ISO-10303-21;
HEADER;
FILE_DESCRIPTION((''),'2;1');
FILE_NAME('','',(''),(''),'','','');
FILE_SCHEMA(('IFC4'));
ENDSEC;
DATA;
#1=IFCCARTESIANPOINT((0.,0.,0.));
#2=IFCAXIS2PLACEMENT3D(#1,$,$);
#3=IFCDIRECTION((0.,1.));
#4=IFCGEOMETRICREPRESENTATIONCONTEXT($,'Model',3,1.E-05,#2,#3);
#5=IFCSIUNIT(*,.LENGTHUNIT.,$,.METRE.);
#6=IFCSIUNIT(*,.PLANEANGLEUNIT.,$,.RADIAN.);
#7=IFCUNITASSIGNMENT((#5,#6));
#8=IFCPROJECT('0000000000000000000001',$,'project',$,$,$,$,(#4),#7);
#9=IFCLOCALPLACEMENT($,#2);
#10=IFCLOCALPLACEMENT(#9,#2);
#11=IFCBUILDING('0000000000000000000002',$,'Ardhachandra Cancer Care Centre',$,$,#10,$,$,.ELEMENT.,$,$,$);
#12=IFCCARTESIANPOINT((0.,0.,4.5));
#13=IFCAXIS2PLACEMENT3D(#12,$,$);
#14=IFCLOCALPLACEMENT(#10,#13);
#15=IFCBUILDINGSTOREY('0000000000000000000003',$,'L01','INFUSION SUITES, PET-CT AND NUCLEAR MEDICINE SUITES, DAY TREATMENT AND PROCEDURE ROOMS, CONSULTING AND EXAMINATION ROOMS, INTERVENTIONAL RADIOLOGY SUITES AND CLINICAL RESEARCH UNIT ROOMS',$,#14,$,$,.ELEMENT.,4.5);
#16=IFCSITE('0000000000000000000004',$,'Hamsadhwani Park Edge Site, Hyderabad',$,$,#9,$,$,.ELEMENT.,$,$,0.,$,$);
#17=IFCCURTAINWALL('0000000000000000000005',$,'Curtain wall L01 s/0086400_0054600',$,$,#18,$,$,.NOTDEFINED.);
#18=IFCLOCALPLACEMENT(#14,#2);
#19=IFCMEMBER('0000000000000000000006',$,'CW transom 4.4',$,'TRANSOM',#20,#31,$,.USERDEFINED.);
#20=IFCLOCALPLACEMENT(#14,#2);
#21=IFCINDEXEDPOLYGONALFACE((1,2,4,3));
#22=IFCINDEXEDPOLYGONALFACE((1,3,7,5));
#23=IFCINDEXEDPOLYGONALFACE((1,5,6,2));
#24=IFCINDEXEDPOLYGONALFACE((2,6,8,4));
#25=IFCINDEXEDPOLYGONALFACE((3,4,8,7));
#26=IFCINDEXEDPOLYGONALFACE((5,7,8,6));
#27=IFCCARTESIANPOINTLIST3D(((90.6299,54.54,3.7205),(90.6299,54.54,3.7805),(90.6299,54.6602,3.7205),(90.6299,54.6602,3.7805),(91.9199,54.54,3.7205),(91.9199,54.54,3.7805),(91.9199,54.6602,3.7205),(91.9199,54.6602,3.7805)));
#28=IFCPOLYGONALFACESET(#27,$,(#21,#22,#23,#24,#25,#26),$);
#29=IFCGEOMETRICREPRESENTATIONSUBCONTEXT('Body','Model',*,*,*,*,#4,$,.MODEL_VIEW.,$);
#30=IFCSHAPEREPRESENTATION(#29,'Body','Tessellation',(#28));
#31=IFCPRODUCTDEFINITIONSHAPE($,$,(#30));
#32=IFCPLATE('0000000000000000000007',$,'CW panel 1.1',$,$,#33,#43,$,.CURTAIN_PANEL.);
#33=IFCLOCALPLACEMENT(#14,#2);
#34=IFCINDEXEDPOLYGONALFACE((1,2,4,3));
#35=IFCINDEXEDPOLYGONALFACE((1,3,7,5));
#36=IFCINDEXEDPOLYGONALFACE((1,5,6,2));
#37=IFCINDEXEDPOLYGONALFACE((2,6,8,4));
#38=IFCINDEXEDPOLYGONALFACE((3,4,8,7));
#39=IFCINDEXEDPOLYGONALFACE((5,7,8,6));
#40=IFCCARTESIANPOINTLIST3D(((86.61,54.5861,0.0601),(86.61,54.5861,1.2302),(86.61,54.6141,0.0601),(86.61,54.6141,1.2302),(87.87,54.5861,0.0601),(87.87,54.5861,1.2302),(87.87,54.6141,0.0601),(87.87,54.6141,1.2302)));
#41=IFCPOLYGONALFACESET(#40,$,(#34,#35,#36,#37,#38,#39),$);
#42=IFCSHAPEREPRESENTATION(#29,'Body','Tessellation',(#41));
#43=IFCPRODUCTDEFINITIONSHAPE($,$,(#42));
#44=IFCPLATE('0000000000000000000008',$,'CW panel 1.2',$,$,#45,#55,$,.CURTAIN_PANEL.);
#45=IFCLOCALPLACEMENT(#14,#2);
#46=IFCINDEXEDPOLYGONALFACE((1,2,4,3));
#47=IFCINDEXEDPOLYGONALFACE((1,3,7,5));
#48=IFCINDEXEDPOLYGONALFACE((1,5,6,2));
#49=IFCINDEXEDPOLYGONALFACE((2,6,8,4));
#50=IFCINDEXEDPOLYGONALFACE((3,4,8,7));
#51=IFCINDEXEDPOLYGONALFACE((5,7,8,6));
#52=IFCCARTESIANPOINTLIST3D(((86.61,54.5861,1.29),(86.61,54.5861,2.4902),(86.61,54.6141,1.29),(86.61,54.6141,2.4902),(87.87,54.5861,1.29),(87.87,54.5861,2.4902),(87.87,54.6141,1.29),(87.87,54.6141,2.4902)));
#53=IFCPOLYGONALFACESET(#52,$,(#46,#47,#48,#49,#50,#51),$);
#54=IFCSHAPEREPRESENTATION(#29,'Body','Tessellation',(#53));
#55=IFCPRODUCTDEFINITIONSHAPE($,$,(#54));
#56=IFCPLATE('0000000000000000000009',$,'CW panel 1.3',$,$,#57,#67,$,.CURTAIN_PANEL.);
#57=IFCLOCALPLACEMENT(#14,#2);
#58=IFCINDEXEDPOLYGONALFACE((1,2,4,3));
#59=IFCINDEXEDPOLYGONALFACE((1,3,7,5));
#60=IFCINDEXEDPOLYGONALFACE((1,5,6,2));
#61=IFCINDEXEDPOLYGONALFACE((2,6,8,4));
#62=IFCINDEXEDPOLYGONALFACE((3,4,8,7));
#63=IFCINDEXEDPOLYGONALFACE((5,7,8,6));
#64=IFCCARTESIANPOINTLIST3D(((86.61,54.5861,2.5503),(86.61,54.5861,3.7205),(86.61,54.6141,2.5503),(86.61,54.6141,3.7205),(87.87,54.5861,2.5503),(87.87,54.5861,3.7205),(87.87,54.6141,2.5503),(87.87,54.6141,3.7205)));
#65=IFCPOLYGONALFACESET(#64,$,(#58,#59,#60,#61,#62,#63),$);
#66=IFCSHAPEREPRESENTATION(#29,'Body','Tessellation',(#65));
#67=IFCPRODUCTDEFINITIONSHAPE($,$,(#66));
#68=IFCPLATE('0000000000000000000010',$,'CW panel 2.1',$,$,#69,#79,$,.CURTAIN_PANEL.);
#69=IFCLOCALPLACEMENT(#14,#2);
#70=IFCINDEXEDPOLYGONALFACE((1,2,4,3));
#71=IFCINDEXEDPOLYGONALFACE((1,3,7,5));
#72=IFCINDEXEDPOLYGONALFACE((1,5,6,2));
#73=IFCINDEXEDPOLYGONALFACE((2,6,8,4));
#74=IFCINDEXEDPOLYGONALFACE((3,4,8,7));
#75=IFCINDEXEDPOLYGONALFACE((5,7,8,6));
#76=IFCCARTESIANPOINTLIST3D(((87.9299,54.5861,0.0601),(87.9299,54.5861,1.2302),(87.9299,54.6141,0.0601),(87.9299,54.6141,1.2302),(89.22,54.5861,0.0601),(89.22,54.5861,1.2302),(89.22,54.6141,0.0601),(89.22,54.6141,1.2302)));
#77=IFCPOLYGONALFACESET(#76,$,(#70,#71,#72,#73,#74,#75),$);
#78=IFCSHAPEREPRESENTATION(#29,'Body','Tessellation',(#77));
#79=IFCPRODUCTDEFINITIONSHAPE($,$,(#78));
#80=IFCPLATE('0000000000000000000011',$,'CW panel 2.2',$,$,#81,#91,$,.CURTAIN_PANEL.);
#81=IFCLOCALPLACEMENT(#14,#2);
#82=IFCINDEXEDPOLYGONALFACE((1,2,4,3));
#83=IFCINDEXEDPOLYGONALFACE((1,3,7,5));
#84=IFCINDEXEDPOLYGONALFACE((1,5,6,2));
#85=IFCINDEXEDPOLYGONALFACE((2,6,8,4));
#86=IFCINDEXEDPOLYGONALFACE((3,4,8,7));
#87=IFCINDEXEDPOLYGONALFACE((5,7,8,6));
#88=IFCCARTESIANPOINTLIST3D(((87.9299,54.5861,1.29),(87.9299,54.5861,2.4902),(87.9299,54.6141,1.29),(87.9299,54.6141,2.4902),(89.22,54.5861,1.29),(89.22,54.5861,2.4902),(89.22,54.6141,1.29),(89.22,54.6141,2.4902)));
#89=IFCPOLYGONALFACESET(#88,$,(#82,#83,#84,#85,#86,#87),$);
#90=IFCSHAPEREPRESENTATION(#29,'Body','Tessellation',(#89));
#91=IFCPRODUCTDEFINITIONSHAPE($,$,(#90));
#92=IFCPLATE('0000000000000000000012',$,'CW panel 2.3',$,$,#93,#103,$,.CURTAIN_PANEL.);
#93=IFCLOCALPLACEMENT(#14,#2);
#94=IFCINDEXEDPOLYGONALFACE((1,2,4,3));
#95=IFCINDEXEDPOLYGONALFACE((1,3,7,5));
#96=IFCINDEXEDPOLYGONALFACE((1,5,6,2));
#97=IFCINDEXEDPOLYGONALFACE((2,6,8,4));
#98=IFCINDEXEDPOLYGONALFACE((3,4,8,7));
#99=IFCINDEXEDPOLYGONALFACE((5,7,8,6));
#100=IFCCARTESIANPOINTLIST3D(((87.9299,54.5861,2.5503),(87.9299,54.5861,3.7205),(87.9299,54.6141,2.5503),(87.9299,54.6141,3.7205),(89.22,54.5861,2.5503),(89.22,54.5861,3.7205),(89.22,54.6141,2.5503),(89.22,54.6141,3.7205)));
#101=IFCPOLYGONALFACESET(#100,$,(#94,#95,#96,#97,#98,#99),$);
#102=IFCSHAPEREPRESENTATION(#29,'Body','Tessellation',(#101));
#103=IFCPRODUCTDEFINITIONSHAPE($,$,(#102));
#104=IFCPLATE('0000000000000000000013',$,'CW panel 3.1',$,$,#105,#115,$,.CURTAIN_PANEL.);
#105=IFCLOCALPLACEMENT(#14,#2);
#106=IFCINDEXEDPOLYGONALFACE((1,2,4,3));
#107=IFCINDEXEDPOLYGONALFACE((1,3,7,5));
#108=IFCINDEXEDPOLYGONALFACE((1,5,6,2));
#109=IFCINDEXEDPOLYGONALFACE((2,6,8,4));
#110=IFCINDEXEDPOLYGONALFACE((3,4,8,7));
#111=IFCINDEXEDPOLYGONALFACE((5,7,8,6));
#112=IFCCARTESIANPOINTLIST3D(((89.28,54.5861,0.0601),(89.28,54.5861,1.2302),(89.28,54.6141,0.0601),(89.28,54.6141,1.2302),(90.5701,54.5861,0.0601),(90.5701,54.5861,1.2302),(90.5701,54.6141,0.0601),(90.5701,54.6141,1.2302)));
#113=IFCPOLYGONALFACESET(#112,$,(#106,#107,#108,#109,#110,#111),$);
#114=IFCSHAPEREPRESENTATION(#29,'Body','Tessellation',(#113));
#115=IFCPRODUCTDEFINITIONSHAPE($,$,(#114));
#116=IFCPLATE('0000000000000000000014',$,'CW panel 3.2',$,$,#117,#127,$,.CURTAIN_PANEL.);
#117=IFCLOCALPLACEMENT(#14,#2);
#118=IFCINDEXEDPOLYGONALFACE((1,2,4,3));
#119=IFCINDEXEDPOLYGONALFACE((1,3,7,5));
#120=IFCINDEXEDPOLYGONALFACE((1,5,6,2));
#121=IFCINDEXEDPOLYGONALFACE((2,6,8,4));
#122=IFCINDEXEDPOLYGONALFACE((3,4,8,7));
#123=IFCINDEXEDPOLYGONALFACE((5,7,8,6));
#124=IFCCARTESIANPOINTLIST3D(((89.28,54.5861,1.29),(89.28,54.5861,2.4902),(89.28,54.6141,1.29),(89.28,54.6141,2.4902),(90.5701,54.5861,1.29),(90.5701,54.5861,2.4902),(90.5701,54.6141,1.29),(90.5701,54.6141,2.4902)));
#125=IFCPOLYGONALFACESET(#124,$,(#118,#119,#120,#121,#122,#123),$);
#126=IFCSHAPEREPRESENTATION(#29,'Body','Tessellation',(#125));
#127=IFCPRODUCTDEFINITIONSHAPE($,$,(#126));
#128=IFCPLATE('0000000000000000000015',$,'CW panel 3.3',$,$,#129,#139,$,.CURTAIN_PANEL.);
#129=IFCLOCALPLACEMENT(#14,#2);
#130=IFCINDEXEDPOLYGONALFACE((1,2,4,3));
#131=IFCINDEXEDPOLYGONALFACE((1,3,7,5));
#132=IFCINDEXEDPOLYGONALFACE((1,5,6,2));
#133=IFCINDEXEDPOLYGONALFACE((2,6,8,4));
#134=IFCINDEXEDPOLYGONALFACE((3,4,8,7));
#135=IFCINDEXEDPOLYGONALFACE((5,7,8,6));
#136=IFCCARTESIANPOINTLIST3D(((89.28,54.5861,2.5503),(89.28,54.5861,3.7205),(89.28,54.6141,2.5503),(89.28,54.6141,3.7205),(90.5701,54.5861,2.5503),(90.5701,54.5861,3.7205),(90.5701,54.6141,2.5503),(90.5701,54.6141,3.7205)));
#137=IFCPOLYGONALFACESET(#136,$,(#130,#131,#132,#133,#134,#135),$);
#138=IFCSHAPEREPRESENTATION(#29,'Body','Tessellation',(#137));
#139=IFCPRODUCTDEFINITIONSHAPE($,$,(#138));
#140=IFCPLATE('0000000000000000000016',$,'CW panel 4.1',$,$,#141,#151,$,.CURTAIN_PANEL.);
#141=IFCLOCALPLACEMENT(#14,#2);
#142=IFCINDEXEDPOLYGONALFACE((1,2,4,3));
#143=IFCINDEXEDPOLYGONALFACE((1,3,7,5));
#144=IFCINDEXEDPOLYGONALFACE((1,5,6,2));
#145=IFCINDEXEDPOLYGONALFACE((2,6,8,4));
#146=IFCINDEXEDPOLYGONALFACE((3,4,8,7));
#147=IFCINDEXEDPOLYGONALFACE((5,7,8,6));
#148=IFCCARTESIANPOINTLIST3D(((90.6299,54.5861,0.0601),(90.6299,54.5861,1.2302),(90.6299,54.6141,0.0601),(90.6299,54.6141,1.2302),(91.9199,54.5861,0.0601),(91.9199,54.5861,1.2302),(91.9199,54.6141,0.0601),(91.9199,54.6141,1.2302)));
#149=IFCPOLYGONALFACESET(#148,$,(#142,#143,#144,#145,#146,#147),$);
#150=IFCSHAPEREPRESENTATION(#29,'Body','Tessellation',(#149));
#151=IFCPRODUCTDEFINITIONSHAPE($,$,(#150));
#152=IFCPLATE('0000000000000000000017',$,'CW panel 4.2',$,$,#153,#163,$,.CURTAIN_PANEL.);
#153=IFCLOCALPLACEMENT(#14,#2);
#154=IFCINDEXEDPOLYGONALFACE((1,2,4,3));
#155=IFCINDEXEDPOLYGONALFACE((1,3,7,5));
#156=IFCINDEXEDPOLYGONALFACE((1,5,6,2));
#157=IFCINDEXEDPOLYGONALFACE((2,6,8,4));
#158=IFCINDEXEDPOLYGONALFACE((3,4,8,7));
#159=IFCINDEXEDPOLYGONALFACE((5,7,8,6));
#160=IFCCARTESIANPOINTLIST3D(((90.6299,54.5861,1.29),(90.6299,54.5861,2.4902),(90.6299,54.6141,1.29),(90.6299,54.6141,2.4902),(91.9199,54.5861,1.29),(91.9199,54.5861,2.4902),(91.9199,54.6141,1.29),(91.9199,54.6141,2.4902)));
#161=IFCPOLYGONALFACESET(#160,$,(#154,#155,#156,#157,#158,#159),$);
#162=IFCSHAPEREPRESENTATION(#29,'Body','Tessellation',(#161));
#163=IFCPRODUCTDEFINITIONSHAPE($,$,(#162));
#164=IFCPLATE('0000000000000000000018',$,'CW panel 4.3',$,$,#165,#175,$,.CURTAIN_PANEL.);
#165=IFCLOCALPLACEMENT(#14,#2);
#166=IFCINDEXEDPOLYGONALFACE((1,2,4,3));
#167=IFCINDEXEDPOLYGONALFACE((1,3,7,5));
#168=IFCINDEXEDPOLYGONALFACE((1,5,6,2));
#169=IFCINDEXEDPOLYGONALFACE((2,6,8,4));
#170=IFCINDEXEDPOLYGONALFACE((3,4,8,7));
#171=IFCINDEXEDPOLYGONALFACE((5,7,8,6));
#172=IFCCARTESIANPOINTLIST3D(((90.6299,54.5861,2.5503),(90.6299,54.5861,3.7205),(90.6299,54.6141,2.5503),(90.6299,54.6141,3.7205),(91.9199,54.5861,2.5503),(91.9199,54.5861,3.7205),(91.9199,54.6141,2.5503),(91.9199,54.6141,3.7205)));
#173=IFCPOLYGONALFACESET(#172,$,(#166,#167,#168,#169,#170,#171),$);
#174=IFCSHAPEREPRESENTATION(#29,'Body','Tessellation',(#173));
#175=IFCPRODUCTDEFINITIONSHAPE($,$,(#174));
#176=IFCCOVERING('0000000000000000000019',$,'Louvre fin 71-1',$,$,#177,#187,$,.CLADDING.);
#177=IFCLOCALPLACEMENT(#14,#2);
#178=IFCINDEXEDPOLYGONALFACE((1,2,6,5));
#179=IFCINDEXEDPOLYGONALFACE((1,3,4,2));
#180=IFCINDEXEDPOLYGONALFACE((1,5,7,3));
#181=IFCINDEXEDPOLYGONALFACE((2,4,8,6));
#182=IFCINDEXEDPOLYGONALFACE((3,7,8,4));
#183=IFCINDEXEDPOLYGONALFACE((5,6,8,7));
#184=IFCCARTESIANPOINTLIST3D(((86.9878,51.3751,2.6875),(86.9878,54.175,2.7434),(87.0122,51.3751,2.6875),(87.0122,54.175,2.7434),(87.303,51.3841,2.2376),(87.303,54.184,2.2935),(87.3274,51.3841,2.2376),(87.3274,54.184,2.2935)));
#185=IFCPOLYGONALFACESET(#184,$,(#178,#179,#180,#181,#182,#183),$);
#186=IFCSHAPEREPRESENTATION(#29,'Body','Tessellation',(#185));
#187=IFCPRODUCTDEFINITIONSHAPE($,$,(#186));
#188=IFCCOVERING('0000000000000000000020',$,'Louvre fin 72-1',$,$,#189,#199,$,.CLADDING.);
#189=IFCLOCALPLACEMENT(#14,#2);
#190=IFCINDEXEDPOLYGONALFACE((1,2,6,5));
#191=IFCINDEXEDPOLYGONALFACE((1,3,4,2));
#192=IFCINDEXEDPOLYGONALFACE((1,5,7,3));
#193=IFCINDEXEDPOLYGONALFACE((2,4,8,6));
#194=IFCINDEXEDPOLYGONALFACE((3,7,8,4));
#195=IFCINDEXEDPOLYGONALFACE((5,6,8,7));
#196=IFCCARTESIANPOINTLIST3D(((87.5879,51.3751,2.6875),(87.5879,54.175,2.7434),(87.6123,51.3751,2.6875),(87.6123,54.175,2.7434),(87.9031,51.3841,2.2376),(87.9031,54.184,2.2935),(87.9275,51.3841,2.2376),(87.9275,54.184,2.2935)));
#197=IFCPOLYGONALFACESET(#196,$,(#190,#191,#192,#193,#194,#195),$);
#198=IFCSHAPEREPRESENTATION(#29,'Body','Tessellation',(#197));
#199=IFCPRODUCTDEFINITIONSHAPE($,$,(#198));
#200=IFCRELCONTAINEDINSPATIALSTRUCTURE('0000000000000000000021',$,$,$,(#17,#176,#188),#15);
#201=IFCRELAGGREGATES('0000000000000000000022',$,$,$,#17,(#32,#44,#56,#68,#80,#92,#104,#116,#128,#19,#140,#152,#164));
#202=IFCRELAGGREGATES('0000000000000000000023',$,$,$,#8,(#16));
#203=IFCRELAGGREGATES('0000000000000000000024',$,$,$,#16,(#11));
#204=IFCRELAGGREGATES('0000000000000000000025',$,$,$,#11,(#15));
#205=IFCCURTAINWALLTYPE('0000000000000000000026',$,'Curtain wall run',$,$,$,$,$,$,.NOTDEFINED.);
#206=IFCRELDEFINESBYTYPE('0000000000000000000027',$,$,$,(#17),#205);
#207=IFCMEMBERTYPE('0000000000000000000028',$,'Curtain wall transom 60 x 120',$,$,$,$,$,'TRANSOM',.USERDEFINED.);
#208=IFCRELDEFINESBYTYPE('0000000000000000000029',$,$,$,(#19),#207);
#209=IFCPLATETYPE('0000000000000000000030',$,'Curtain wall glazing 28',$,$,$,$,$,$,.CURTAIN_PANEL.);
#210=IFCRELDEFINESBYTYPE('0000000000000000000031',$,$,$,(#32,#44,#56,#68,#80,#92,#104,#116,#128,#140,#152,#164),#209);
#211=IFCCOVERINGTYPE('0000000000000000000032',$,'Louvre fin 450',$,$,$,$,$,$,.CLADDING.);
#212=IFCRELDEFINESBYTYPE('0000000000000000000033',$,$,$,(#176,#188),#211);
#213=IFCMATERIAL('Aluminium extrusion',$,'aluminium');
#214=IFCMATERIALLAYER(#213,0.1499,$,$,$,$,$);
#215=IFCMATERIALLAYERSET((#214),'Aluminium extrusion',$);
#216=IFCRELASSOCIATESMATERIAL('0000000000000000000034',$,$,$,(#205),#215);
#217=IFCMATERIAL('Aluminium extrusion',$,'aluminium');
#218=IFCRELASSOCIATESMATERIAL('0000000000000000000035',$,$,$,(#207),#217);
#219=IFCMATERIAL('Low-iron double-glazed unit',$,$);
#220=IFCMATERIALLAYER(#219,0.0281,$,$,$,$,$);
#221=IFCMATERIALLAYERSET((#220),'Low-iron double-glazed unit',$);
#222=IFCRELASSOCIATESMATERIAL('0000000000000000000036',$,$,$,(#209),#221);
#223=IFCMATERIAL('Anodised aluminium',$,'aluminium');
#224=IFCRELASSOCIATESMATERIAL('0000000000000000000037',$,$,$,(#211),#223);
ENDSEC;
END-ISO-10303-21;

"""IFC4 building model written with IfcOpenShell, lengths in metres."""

from ifc_helpers import new_model, si_unit, direction, frame, origin, origin_2d, place, context, subcontext, project, spatial, polyline, rectangle, outline, extrude, material, layer, layer_set, material_profile, profile_set, type_object, element, aggregate, save


model = new_model("IFC4")

# Units and contexts
model_context = context("Model", 3, precision=1e-05, world=origin(), true_north=direction((0.0, 1.0)))
body_context = subcontext(model_context, "Body", "Model", "MODEL_VIEW")
ifc_project = project(units=[si_unit("LENGTHUNIT", "METRE"), si_unit("PLANEANGLEUNIT", "RADIAN")], contexts=[model_context])

# Site, building, storey
site_placement = place(None, origin())
site = spatial("IfcSite", under=ifc_project, at=site_placement, Name="Hamsadhwani Park Edge Site, Hyderabad", CompositionType="ELEMENT", RefElevation=0.0)
building_placement = place(site_placement, origin())
building = spatial("IfcBuilding", under=site, at=building_placement, Name="Ardhachandra Cancer Care Centre", CompositionType="ELEMENT")
storey_placement = place(building_placement, frame((0.0, 0.0, 4.5)))
storey = spatial("IfcBuildingStorey", under=building, at=storey_placement, Name="L01", Description="INFUSION SUITES, PET-CT AND NUCLEAR MEDICINE SUITES, DAY TREATMENT AND PROCEDURE ROOMS, CONSULTING AND EXAMINATION ROOMS, INTERVENTIONAL RADIOLOGY SUITES AND CLINICAL RESEARCH UNIT ROOMS", CompositionType="ELEMENT", Elevation=4.5)

# Curtain wall, member, plates
ifc_material_1 = material(Name="Aluminium extrusion", Category="aluminium")
ifc_layer_1 = layer(ifc_material_1, 0.1499)
ifc_layer_set_1 = layer_set([ifc_layer_1], Name="Aluminium extrusion")
curtain_wall_type = type_object("IfcCurtainWallType", Name="Curtain wall run", PredefinedType="NOTDEFINED", material=ifc_layer_set_1)
curtain_wall_placement = place(storey_placement, origin())
curtain_wall = element("IfcCurtainWall", 1, at=curtain_wall_placement, inside=storey, type_object=curtain_wall_type, Name="Curtain wall L01 s/0086400_0054600", PredefinedType="NOTDEFINED")
ifc_material_2 = material(Name="Aluminium extrusion", Category="aluminium")
ifc_material_profile_1 = material_profile(ifc_material_2, rectangle(XDim=0.1201, YDim=0.0601, at=origin_2d()), Name="Curtain wall transom 60 x 120")
ifc_profile_set_1 = profile_set([ifc_material_profile_1], Name="Aluminium extrusion")
member_type_1 = type_object("IfcMemberType", Name="Curtain wall transom 60 x 120", ElementType="TRANSOM", PredefinedType="USERDEFINED", material=ifc_profile_set_1)
member_1_placement = place(storey_placement, frame((90.6299, 54.6001, 3.7505), z_axis=(1.0, 0.0, 0.0), x_axis=(0.0, 1.0, 0.0)))
member_1 = element("IfcMember", 2, at=member_1_placement, type_object=member_type_1, Name="CW transom 4.4", ObjectType="TRANSOM", PredefinedType="USERDEFINED", context=body_context, shape_type="SweptSolid", body=[
    extrude(rectangle(XDim=0.1201, YDim=0.0601, at=origin_2d()), origin(), (0.0, 0.0, 1.0), 1.29),
])
ifc_material_3 = material(Name="Low-iron double-glazed unit")
ifc_layer_2 = layer(ifc_material_3, 0.0281)
ifc_layer_set_2 = layer_set([ifc_layer_2], Name="Low-iron double-glazed unit")
plate_type = type_object("IfcPlateType", Name="Curtain wall glazing 28", PredefinedType="CURTAIN_PANEL", material=ifc_layer_set_2)
plate_1_placement = place(storey_placement, frame((87.24, 54.6001, 0.0601), z_axis=(0.0, 0.0, 1.0), x_axis=(1.0, 0.0, 0.0)))
plate_1 = element("IfcPlate", 3, at=plate_1_placement, type_object=plate_type, Name="CW panel 1.1", PredefinedType="CURTAIN_PANEL", context=body_context, shape_type="SweptSolid", body=[
    extrude(rectangle(XDim=1.26, YDim=0.0281, at=origin_2d()), origin(), (0.0, 0.0, 1.0), 1.1702),
])
plate_2_placement = place(storey_placement, frame((87.24, 54.6001, 1.29), z_axis=(0.0, 0.0, 1.0), x_axis=(1.0, 0.0, 0.0)))
plate_2 = element("IfcPlate", 4, at=plate_2_placement, type_object=plate_type, Name="CW panel 1.2", PredefinedType="CURTAIN_PANEL", context=body_context, shape_type="SweptSolid", body=[
    extrude(rectangle(XDim=1.26, YDim=0.0281, at=origin_2d()), origin(), (0.0, 0.0, 1.0), 1.2002),
])
plate_3_placement = place(storey_placement, frame((87.24, 54.6001, 2.5503), z_axis=(0.0, 0.0, 1.0), x_axis=(1.0, 0.0, 0.0)))
plate_3 = element("IfcPlate", 5, at=plate_3_placement, type_object=plate_type, Name="CW panel 1.3", PredefinedType="CURTAIN_PANEL", context=body_context, shape_type="SweptSolid", body=[
    extrude(rectangle(XDim=1.26, YDim=0.0281, at=origin_2d()), origin(), (0.0, 0.0, 1.0), 1.1702),
])
plate_4_placement = place(storey_placement, frame((88.575, 54.6001, 0.0601), z_axis=(0.0, 0.0, 1.0), x_axis=(1.0, 0.0, 0.0)))
plate_4 = element("IfcPlate", 6, at=plate_4_placement, type_object=plate_type, Name="CW panel 2.1", PredefinedType="CURTAIN_PANEL", context=body_context, shape_type="SweptSolid", body=[
    extrude(rectangle(XDim=1.29, YDim=0.0281, at=origin_2d()), origin(), (0.0, 0.0, 1.0), 1.1702),
])
plate_5_placement = place(storey_placement, frame((88.575, 54.6001, 1.29), z_axis=(0.0, 0.0, 1.0), x_axis=(1.0, 0.0, 0.0)))
plate_5 = element("IfcPlate", 7, at=plate_5_placement, type_object=plate_type, Name="CW panel 2.2", PredefinedType="CURTAIN_PANEL", context=body_context, shape_type="SweptSolid", body=[
    extrude(rectangle(XDim=1.29, YDim=0.0281, at=origin_2d()), origin(), (0.0, 0.0, 1.0), 1.2002),
])
plate_6_placement = place(storey_placement, frame((88.575, 54.6001, 2.5503), z_axis=(0.0, 0.0, 1.0), x_axis=(1.0, 0.0, 0.0)))
plate_6 = element("IfcPlate", 8, at=plate_6_placement, type_object=plate_type, Name="CW panel 2.3", PredefinedType="CURTAIN_PANEL", context=body_context, shape_type="SweptSolid", body=[
    extrude(rectangle(XDim=1.29, YDim=0.0281, at=origin_2d()), origin(), (0.0, 0.0, 1.0), 1.1702),
])
plate_7_placement = place(storey_placement, frame((89.925, 54.6001, 0.0601), z_axis=(0.0, 0.0, 1.0), x_axis=(1.0, 0.0, 0.0)))
plate_7 = element("IfcPlate", 9, at=plate_7_placement, type_object=plate_type, Name="CW panel 3.1", PredefinedType="CURTAIN_PANEL", context=body_context, shape_type="SweptSolid", body=[
    extrude(rectangle(XDim=1.29, YDim=0.0281, at=origin_2d()), origin(), (0.0, 0.0, 1.0), 1.1702),
])
plate_8_placement = place(storey_placement, frame((89.925, 54.6001, 1.29), z_axis=(0.0, 0.0, 1.0), x_axis=(1.0, 0.0, 0.0)))
plate_8 = element("IfcPlate", 10, at=plate_8_placement, type_object=plate_type, Name="CW panel 3.2", PredefinedType="CURTAIN_PANEL", context=body_context, shape_type="SweptSolid", body=[
    extrude(rectangle(XDim=1.29, YDim=0.0281, at=origin_2d()), origin(), (0.0, 0.0, 1.0), 1.2002),
])
plate_9_placement = place(storey_placement, frame((89.925, 54.6001, 2.5503), z_axis=(0.0, 0.0, 1.0), x_axis=(1.0, 0.0, 0.0)))
plate_9 = element("IfcPlate", 11, at=plate_9_placement, type_object=plate_type, Name="CW panel 3.3", PredefinedType="CURTAIN_PANEL", context=body_context, shape_type="SweptSolid", body=[
    extrude(rectangle(XDim=1.29, YDim=0.0281, at=origin_2d()), origin(), (0.0, 0.0, 1.0), 1.1702),
])
plate_10_placement = place(storey_placement, frame((91.2749, 54.6001, 0.0601), z_axis=(0.0, 0.0, 1.0), x_axis=(1.0, 0.0, 0.0)))
plate_10 = element("IfcPlate", 12, at=plate_10_placement, type_object=plate_type, Name="CW panel 4.1", PredefinedType="CURTAIN_PANEL", context=body_context, shape_type="SweptSolid", body=[
    extrude(rectangle(XDim=1.29, YDim=0.0281, at=origin_2d()), origin(), (0.0, 0.0, 1.0), 1.1702),
])
plate_11_placement = place(storey_placement, frame((91.2749, 54.6001, 1.29), z_axis=(0.0, 0.0, 1.0), x_axis=(1.0, 0.0, 0.0)))
plate_11 = element("IfcPlate", 13, at=plate_11_placement, type_object=plate_type, Name="CW panel 4.2", PredefinedType="CURTAIN_PANEL", context=body_context, shape_type="SweptSolid", body=[
    extrude(rectangle(XDim=1.29, YDim=0.0281, at=origin_2d()), origin(), (0.0, 0.0, 1.0), 1.2002),
])
plate_12_placement = place(storey_placement, frame((91.2749, 54.6001, 2.5503), z_axis=(0.0, 0.0, 1.0), x_axis=(1.0, 0.0, 0.0)))
plate_12 = element("IfcPlate", 14, at=plate_12_placement, type_object=plate_type, Name="CW panel 4.3", PredefinedType="CURTAIN_PANEL", context=body_context, shape_type="SweptSolid", body=[
    extrude(rectangle(XDim=1.29, YDim=0.0281, at=origin_2d()), origin(), (0.0, 0.0, 1.0), 1.1702),
])
aggregate(curtain_wall, [plate_1, plate_2, plate_3, plate_4, plate_5, plate_6, plate_7, plate_8, plate_9, member_1, plate_10, plate_11, plate_12])

# Coverings
ifc_material_4 = material(Name="Anodised aluminium", Category="aluminium")
ifc_material_profile_2 = material_profile(ifc_material_4, outline(polyline([(-0.0122, 0.0), (0.0122, 0.0), (0.3274, -0.45), (0.303, -0.45), (-0.0122, 0.0)])), Name="Louvre fin 450")
ifc_profile_set_2 = profile_set([ifc_material_profile_2], Name="Anodised aluminium")
covering_type = type_object("IfcCoveringType", Name="Louvre fin 450", PredefinedType="CLADDING", material=ifc_profile_set_2)
for number, where, z_axis, x_axis, name in (
    (15, (87.0, 54.175, 2.7434), (0.0, -0.999801, -0.019963), (1.0, 0.0, 0.0), "Louvre fin 71-1"),
    (16, (87.6001, 54.175, 2.7434), (0.0, -0.999801, -0.019963), (1.0, 0.0, 0.0), "Louvre fin 72-1"),
):
    element("IfcCovering", number, at=place(storey_placement, frame(where, z_axis=z_axis, x_axis=x_axis)), inside=storey, type_object=covering_type, Name=name, PredefinedType="CLADDING", context=body_context, shape_type="SweptSolid", body=[
        extrude(outline(polyline([(-0.0122, 0.0), (0.0122, 0.0), (0.3274, -0.45), (0.303, -0.45), (-0.0122, 0.0)])), origin(), (0.0, 0.0, 1.0), 2.8005),
    ])

save(model, "model.ifc")
